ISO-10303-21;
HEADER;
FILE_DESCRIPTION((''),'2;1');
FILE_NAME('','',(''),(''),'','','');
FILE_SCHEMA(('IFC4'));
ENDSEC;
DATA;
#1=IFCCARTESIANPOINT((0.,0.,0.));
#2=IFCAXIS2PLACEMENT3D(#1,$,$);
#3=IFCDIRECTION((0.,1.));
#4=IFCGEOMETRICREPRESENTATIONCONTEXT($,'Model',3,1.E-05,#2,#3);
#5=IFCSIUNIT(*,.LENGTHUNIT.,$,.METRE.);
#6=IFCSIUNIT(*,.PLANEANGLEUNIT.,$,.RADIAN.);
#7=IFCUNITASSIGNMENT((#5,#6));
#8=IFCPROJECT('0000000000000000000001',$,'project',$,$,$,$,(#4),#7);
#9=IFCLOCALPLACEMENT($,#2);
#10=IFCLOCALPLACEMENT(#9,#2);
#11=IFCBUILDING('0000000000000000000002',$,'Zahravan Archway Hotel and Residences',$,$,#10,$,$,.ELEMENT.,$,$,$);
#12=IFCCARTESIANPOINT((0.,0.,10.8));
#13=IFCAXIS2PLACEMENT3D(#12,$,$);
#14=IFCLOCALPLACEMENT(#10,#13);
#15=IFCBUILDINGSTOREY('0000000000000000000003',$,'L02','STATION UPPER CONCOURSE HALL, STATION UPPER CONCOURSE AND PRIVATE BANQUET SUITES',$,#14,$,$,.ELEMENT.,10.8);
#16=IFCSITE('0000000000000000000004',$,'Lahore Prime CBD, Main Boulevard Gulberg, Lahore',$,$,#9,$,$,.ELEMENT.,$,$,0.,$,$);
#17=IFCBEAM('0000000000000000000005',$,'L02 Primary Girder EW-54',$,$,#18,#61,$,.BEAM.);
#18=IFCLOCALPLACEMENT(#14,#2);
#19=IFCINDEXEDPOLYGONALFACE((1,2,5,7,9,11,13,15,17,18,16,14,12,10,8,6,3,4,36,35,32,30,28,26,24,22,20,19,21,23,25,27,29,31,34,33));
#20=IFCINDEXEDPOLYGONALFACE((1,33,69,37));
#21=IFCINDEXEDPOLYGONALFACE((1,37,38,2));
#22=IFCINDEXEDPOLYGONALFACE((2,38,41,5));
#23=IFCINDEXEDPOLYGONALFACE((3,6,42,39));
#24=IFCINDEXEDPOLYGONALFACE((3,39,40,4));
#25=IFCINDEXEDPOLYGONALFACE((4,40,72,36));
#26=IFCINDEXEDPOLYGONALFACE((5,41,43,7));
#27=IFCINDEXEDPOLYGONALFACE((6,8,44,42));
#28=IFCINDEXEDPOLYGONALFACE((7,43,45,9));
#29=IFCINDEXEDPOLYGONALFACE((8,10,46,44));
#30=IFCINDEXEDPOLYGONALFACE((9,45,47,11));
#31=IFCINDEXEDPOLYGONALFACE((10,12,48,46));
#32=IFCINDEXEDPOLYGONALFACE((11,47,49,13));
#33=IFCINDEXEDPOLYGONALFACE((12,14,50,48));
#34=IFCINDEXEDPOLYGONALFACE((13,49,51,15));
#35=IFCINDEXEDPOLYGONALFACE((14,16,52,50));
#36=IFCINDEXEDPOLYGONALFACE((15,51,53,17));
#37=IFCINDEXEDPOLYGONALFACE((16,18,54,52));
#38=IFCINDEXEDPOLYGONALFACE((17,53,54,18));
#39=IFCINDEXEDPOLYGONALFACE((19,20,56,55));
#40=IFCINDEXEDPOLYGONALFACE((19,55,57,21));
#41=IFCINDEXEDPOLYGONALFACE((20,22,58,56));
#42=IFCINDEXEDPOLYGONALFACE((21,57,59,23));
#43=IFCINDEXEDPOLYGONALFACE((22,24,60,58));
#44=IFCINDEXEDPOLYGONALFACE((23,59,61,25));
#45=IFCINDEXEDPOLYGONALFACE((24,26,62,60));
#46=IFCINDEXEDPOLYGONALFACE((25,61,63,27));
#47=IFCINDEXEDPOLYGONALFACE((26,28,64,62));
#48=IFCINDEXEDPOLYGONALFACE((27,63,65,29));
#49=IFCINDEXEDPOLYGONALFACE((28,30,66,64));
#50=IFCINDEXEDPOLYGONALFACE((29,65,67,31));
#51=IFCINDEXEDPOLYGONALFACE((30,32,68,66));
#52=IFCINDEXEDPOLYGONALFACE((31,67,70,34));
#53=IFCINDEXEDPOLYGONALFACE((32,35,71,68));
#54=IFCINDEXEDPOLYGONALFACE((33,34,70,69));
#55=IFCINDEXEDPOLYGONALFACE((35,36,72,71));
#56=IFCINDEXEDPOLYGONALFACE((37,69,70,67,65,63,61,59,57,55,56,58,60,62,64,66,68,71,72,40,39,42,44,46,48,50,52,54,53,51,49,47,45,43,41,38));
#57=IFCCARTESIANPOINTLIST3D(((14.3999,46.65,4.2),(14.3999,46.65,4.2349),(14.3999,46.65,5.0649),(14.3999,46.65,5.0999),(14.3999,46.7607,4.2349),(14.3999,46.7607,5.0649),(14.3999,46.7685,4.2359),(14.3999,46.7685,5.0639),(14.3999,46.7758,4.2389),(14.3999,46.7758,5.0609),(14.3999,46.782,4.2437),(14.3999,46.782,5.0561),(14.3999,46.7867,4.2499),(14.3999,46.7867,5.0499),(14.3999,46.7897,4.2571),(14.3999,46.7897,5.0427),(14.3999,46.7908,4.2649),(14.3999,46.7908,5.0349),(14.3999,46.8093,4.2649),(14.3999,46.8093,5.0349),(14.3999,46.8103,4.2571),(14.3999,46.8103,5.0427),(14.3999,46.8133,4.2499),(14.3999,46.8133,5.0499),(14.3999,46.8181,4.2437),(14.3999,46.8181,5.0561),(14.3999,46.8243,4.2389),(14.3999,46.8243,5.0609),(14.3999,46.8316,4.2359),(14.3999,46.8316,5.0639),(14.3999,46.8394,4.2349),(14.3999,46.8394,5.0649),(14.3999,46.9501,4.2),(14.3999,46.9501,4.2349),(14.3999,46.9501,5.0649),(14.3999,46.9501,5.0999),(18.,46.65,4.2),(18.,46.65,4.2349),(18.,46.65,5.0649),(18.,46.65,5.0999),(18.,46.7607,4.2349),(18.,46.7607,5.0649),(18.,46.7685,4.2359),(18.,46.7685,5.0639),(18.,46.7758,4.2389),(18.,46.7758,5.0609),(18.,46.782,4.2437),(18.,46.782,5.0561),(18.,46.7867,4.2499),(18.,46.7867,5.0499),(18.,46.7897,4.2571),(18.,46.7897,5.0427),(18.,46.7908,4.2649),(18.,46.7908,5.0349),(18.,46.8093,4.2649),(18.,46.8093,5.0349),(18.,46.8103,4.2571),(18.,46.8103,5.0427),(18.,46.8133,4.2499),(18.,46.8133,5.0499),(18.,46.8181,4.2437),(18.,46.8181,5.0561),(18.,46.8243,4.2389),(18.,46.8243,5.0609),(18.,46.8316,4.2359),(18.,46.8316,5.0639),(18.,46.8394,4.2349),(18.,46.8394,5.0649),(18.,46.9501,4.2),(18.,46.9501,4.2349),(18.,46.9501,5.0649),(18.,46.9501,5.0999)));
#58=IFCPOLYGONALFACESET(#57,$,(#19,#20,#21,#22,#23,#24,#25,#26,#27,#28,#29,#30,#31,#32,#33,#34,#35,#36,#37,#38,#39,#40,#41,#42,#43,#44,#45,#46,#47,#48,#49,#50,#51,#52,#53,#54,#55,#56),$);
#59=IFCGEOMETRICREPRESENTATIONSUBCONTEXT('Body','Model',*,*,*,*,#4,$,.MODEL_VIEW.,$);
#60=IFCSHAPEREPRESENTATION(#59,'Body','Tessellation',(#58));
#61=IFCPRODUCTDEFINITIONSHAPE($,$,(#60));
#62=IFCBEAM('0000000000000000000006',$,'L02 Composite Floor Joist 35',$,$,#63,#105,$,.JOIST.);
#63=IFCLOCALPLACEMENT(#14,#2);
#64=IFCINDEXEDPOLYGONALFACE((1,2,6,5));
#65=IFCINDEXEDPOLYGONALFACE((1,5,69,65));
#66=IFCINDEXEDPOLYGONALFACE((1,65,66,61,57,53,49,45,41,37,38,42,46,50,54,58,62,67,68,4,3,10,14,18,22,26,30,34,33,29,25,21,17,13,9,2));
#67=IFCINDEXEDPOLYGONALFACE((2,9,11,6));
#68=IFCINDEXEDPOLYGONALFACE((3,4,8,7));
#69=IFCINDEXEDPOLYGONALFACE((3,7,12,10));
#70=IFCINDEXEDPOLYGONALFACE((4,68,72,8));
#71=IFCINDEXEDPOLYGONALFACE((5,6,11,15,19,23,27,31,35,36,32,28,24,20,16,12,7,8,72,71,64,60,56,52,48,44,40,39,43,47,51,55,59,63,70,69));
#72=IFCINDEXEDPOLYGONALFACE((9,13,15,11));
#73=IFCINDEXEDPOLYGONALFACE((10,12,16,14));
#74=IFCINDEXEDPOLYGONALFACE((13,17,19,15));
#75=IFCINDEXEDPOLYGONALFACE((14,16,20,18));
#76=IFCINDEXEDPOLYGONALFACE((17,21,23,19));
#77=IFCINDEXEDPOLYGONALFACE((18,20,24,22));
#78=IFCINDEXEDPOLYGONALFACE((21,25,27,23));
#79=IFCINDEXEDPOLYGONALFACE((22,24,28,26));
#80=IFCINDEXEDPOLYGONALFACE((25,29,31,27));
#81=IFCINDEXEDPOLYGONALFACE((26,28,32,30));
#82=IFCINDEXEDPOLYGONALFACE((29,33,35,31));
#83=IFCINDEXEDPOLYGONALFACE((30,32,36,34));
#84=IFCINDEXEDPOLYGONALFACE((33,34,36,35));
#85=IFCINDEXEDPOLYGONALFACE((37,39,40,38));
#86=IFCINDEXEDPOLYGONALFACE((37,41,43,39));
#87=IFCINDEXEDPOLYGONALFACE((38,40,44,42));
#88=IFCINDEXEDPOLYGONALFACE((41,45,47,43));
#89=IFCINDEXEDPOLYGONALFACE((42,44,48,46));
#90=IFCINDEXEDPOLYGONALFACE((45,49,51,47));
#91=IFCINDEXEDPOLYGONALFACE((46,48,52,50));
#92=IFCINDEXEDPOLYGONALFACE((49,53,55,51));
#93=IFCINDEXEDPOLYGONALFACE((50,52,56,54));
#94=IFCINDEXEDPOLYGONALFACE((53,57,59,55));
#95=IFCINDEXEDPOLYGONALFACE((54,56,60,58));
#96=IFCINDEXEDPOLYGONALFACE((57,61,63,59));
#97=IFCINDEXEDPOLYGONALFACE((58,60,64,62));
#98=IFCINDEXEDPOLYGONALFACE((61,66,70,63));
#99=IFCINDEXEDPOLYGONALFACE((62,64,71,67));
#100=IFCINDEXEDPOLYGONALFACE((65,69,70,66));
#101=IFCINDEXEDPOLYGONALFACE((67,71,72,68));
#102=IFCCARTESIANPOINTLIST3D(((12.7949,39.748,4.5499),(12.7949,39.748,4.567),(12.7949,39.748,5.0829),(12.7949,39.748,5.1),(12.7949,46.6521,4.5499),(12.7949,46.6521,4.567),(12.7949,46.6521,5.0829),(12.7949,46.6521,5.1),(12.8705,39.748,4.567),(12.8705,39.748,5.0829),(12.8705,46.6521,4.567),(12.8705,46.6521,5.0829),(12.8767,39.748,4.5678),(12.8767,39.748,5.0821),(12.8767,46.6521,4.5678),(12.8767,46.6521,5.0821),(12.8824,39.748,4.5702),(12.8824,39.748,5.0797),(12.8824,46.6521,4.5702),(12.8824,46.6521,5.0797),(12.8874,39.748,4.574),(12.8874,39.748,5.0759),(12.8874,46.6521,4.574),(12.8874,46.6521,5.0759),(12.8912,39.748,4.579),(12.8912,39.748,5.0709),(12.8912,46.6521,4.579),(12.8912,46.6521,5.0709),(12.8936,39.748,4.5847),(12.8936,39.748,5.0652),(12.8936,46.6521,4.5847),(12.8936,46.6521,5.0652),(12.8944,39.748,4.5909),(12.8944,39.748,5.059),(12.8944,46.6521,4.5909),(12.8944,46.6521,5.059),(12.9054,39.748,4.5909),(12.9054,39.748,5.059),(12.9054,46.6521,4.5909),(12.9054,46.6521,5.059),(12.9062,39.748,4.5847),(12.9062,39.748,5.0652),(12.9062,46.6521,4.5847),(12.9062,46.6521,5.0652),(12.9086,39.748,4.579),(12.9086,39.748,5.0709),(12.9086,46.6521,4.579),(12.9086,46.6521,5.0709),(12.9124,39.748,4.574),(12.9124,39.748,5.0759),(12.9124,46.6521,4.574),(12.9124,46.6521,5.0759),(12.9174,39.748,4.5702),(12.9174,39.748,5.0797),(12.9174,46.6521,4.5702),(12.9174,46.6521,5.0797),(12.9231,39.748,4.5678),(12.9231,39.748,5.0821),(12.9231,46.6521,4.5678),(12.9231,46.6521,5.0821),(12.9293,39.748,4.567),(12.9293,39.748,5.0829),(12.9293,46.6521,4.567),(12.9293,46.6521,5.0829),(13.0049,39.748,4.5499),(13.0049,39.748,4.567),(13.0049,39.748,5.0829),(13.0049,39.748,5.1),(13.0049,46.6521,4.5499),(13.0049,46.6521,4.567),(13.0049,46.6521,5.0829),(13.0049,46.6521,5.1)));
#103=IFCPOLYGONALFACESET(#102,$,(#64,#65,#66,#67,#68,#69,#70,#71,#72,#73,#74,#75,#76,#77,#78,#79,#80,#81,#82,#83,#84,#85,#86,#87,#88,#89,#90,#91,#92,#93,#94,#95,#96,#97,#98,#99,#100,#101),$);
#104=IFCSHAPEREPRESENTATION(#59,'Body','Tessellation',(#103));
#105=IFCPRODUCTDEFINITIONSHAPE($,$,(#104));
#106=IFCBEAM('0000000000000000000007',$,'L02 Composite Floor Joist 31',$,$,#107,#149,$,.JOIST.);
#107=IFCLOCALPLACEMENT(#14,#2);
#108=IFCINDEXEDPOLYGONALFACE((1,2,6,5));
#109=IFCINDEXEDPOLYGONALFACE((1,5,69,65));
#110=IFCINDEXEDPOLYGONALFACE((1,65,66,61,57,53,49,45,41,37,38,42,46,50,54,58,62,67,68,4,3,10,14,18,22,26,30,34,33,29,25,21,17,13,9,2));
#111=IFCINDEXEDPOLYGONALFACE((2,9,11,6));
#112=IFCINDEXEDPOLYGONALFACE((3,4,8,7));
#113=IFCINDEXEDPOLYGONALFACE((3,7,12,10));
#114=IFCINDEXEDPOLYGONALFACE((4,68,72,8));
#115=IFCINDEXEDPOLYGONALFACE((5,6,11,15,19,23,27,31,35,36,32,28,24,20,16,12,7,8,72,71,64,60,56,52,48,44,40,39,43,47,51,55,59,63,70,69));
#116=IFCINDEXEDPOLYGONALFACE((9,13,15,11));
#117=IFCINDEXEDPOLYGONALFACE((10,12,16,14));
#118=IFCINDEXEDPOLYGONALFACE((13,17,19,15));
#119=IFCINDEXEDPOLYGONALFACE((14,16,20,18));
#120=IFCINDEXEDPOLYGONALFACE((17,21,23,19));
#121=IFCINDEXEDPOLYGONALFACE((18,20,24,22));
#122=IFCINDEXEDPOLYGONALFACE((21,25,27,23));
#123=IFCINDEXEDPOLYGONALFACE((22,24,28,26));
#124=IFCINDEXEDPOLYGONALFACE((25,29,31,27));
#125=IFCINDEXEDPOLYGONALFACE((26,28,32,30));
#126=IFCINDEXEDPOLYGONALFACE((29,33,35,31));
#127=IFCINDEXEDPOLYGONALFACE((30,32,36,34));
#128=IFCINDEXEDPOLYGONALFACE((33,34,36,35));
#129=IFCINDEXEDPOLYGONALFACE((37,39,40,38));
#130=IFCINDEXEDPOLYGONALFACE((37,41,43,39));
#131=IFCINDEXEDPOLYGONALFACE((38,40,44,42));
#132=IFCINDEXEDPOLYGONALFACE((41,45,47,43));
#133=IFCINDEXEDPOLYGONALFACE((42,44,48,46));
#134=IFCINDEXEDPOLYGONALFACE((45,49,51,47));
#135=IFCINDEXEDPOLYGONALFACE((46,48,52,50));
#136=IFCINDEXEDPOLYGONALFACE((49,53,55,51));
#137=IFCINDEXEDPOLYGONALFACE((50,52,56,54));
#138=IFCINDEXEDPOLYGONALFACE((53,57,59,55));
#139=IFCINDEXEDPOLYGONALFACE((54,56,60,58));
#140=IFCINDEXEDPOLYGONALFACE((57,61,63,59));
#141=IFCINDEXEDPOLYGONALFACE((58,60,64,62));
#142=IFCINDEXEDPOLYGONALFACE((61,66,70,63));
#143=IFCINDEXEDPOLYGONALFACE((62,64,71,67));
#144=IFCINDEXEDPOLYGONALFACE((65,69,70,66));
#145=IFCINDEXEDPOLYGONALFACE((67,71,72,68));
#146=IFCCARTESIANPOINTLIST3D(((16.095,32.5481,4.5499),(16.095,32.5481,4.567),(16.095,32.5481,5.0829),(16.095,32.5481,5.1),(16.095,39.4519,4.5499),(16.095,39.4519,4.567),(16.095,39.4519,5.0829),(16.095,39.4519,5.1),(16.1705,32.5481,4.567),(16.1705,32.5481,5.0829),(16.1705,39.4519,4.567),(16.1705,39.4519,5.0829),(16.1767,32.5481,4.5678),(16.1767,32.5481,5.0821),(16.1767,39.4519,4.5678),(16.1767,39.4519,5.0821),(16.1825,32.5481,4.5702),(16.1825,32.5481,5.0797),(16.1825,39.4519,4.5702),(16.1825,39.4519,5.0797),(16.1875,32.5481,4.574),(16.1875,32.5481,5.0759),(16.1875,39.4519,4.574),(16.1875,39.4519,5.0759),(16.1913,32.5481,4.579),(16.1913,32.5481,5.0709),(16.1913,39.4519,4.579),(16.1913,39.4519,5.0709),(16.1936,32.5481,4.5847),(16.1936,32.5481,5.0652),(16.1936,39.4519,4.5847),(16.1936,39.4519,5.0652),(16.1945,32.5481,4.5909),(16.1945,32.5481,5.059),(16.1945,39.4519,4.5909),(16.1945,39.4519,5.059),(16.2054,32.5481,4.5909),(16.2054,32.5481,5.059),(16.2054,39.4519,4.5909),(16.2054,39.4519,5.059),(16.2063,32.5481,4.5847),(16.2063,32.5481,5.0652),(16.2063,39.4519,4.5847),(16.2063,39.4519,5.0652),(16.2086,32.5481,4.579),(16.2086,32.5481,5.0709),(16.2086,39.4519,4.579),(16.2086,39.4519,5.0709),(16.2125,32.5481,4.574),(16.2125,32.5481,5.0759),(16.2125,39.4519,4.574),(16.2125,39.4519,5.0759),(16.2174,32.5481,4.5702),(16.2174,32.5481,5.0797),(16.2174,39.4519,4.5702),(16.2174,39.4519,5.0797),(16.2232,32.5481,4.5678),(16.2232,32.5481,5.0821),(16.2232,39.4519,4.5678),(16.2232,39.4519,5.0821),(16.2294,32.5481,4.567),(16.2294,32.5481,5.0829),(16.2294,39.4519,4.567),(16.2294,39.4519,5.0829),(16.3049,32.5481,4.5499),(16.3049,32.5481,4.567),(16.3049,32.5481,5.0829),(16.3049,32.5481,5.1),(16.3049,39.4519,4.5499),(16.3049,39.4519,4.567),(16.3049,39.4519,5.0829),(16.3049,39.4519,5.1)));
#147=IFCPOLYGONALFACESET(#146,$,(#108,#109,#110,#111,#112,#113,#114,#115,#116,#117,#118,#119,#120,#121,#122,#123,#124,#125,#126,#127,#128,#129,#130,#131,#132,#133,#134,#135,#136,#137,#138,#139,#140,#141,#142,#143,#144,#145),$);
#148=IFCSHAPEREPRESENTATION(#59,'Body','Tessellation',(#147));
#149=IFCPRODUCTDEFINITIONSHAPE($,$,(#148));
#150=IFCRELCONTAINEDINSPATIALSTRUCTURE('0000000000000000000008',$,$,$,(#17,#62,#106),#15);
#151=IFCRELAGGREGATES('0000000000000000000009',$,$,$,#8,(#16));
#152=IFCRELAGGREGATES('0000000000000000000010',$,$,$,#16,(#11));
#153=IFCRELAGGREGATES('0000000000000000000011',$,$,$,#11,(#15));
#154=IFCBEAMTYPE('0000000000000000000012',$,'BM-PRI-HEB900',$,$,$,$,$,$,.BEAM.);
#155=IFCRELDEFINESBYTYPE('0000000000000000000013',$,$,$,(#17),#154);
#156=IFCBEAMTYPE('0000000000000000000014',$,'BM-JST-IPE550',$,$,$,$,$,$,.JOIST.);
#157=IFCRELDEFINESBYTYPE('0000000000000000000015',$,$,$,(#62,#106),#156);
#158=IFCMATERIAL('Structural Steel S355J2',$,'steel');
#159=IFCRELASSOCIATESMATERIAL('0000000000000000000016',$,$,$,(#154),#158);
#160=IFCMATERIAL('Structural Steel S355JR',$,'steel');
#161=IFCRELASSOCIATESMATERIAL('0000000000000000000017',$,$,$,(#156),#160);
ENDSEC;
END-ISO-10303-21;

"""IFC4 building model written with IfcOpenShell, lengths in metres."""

from ifc_helpers import new_model, si_unit, direction, frame, origin, origin_2d, place, context, subcontext, project, spatial, i_section, extrude, source, transform, mapped, material, material_profile, profile_set, type_object, type_shapes, element, save


model = new_model("IFC4")

# Units and contexts
model_context = context("Model", 3, precision=1e-05, world=origin(), true_north=direction((0.0, 1.0)))
body_context = subcontext(model_context, "Body", "Model", "MODEL_VIEW")
ifc_project = project(units=[si_unit("LENGTHUNIT", "METRE"), si_unit("PLANEANGLEUNIT", "RADIAN")], contexts=[model_context])

# Site, building, storey
site_placement = place(None, origin())
site = spatial("IfcSite", under=ifc_project, at=site_placement, Name="Lahore Prime CBD, Main Boulevard Gulberg, Lahore", CompositionType="ELEMENT", RefElevation=0.0)
building_placement = place(site_placement, origin())
building = spatial("IfcBuilding", under=site, at=building_placement, Name="Zahravan Archway Hotel and Residences", CompositionType="ELEMENT")
storey_placement = place(building_placement, frame((0.0, 0.0, 10.8)))
storey = spatial("IfcBuildingStorey", under=building, at=storey_placement, Name="L02", Description="STATION UPPER CONCOURSE HALL, STATION UPPER CONCOURSE AND PRIVATE BANQUET SUITES", CompositionType="ELEMENT", Elevation=10.8)

# Beams
ifc_material_1 = material(Name="Structural Steel S355J2", Category="steel")
ifc_material_profile_1 = material_profile(ifc_material_1, i_section(OverallWidth=0.3, OverallDepth=0.8999, WebThickness=0.0186, FlangeThickness=0.0349, FilletRadius=0.03, at=origin_2d()), Name="HEB 900", Category="steel")
ifc_profile_set_1 = profile_set([ifc_material_profile_1], Name="Structural Steel S355J2")
beam_type_1 = type_object("IfcBeamType", Name="BM-PRI-HEB900", PredefinedType="BEAM", material=ifc_profile_set_1)
shared_shape_1 = source(origin(), body_context, "Body", "SweptSolid", [
    extrude(i_section(OverallWidth=0.3, OverallDepth=0.8999, WebThickness=0.0186, FlangeThickness=0.0349, FilletRadius=0.03, at=origin_2d()), origin(), (0.0, 0.0, 1.0), 3.6001),
])
for number, where, z_axis, x_axis, name in (
    (1, (14.3999, 46.8, 4.6499), (1.0, 0.0, 0.0), (0.0, 1.0, 0.0), "L02 Primary Girder EW-54"),
):
    element("IfcBeam", number, at=place(storey_placement, frame(where, z_axis=z_axis, x_axis=x_axis)), inside=storey, type_object=beam_type_1, Name=name, PredefinedType="BEAM", context=body_context, shape_type="MappedRepresentation", body=[
        mapped(shared_shape_1, transform((0.0, 0.0, 0.0), scale=1.0)),
    ])
ifc_material_2 = material(Name="Structural Steel S355JR", Category="steel")
ifc_material_profile_2 = material_profile(ifc_material_2, i_section(OverallWidth=0.21, OverallDepth=0.55, WebThickness=0.011, FlangeThickness=0.0171, FilletRadius=0.0239, at=origin_2d()), Name="IPE 550", Category="steel")
ifc_profile_set_2 = profile_set([ifc_material_profile_2], Name="Structural Steel S355JR")
beam_type_2 = type_object("IfcBeamType", Name="BM-JST-IPE550", PredefinedType="JOIST", material=ifc_profile_set_2)
shared_shape_2 = source(origin(), body_context, "Body", "SweptSolid", [
    extrude(i_section(OverallWidth=0.21, OverallDepth=0.55, WebThickness=0.011, FlangeThickness=0.0171, FilletRadius=0.0239, at=origin_2d()), origin(), (0.0, 0.0, 1.0), 6.9041),
])
type_shapes(beam_type_2, [shared_shape_2])
beam_1_placement = place(storey_placement, frame((12.8999, 39.748, 4.825), z_axis=(0.0, 1.0, 0.0), x_axis=(-1.0, 0.0, 0.0)))
element("IfcBeam", 2, at=beam_1_placement, inside=storey, type_object=beam_type_2, Name="L02 Composite Floor Joist 35", PredefinedType="JOIST", context=body_context, shape_type="MappedRepresentation", body=[
    mapped(shared_shape_2, transform((0.0, 0.0, 0.0), scale=1.0)),
])
shared_shape_3 = source(origin(), body_context, "Body", "SweptSolid", [
    extrude(i_section(OverallWidth=0.21, OverallDepth=0.55, WebThickness=0.011, FlangeThickness=0.0171, FilletRadius=0.0239, at=origin_2d()), origin(), (0.0, 0.0, 1.0), 6.9038),
])
beam_2_placement = place(storey_placement, frame((16.2, 32.5481, 4.825), z_axis=(0.0, 1.0, 0.0), x_axis=(-1.0, 0.0, 0.0)))
element("IfcBeam", 3, at=beam_2_placement, inside=storey, type_object=beam_type_2, Name="L02 Composite Floor Joist 31", PredefinedType="JOIST", context=body_context, shape_type="MappedRepresentation", body=[
    mapped(shared_shape_3, transform((0.0, 0.0, 0.0), scale=1.0)),
])

save(model, "model.ifc")
